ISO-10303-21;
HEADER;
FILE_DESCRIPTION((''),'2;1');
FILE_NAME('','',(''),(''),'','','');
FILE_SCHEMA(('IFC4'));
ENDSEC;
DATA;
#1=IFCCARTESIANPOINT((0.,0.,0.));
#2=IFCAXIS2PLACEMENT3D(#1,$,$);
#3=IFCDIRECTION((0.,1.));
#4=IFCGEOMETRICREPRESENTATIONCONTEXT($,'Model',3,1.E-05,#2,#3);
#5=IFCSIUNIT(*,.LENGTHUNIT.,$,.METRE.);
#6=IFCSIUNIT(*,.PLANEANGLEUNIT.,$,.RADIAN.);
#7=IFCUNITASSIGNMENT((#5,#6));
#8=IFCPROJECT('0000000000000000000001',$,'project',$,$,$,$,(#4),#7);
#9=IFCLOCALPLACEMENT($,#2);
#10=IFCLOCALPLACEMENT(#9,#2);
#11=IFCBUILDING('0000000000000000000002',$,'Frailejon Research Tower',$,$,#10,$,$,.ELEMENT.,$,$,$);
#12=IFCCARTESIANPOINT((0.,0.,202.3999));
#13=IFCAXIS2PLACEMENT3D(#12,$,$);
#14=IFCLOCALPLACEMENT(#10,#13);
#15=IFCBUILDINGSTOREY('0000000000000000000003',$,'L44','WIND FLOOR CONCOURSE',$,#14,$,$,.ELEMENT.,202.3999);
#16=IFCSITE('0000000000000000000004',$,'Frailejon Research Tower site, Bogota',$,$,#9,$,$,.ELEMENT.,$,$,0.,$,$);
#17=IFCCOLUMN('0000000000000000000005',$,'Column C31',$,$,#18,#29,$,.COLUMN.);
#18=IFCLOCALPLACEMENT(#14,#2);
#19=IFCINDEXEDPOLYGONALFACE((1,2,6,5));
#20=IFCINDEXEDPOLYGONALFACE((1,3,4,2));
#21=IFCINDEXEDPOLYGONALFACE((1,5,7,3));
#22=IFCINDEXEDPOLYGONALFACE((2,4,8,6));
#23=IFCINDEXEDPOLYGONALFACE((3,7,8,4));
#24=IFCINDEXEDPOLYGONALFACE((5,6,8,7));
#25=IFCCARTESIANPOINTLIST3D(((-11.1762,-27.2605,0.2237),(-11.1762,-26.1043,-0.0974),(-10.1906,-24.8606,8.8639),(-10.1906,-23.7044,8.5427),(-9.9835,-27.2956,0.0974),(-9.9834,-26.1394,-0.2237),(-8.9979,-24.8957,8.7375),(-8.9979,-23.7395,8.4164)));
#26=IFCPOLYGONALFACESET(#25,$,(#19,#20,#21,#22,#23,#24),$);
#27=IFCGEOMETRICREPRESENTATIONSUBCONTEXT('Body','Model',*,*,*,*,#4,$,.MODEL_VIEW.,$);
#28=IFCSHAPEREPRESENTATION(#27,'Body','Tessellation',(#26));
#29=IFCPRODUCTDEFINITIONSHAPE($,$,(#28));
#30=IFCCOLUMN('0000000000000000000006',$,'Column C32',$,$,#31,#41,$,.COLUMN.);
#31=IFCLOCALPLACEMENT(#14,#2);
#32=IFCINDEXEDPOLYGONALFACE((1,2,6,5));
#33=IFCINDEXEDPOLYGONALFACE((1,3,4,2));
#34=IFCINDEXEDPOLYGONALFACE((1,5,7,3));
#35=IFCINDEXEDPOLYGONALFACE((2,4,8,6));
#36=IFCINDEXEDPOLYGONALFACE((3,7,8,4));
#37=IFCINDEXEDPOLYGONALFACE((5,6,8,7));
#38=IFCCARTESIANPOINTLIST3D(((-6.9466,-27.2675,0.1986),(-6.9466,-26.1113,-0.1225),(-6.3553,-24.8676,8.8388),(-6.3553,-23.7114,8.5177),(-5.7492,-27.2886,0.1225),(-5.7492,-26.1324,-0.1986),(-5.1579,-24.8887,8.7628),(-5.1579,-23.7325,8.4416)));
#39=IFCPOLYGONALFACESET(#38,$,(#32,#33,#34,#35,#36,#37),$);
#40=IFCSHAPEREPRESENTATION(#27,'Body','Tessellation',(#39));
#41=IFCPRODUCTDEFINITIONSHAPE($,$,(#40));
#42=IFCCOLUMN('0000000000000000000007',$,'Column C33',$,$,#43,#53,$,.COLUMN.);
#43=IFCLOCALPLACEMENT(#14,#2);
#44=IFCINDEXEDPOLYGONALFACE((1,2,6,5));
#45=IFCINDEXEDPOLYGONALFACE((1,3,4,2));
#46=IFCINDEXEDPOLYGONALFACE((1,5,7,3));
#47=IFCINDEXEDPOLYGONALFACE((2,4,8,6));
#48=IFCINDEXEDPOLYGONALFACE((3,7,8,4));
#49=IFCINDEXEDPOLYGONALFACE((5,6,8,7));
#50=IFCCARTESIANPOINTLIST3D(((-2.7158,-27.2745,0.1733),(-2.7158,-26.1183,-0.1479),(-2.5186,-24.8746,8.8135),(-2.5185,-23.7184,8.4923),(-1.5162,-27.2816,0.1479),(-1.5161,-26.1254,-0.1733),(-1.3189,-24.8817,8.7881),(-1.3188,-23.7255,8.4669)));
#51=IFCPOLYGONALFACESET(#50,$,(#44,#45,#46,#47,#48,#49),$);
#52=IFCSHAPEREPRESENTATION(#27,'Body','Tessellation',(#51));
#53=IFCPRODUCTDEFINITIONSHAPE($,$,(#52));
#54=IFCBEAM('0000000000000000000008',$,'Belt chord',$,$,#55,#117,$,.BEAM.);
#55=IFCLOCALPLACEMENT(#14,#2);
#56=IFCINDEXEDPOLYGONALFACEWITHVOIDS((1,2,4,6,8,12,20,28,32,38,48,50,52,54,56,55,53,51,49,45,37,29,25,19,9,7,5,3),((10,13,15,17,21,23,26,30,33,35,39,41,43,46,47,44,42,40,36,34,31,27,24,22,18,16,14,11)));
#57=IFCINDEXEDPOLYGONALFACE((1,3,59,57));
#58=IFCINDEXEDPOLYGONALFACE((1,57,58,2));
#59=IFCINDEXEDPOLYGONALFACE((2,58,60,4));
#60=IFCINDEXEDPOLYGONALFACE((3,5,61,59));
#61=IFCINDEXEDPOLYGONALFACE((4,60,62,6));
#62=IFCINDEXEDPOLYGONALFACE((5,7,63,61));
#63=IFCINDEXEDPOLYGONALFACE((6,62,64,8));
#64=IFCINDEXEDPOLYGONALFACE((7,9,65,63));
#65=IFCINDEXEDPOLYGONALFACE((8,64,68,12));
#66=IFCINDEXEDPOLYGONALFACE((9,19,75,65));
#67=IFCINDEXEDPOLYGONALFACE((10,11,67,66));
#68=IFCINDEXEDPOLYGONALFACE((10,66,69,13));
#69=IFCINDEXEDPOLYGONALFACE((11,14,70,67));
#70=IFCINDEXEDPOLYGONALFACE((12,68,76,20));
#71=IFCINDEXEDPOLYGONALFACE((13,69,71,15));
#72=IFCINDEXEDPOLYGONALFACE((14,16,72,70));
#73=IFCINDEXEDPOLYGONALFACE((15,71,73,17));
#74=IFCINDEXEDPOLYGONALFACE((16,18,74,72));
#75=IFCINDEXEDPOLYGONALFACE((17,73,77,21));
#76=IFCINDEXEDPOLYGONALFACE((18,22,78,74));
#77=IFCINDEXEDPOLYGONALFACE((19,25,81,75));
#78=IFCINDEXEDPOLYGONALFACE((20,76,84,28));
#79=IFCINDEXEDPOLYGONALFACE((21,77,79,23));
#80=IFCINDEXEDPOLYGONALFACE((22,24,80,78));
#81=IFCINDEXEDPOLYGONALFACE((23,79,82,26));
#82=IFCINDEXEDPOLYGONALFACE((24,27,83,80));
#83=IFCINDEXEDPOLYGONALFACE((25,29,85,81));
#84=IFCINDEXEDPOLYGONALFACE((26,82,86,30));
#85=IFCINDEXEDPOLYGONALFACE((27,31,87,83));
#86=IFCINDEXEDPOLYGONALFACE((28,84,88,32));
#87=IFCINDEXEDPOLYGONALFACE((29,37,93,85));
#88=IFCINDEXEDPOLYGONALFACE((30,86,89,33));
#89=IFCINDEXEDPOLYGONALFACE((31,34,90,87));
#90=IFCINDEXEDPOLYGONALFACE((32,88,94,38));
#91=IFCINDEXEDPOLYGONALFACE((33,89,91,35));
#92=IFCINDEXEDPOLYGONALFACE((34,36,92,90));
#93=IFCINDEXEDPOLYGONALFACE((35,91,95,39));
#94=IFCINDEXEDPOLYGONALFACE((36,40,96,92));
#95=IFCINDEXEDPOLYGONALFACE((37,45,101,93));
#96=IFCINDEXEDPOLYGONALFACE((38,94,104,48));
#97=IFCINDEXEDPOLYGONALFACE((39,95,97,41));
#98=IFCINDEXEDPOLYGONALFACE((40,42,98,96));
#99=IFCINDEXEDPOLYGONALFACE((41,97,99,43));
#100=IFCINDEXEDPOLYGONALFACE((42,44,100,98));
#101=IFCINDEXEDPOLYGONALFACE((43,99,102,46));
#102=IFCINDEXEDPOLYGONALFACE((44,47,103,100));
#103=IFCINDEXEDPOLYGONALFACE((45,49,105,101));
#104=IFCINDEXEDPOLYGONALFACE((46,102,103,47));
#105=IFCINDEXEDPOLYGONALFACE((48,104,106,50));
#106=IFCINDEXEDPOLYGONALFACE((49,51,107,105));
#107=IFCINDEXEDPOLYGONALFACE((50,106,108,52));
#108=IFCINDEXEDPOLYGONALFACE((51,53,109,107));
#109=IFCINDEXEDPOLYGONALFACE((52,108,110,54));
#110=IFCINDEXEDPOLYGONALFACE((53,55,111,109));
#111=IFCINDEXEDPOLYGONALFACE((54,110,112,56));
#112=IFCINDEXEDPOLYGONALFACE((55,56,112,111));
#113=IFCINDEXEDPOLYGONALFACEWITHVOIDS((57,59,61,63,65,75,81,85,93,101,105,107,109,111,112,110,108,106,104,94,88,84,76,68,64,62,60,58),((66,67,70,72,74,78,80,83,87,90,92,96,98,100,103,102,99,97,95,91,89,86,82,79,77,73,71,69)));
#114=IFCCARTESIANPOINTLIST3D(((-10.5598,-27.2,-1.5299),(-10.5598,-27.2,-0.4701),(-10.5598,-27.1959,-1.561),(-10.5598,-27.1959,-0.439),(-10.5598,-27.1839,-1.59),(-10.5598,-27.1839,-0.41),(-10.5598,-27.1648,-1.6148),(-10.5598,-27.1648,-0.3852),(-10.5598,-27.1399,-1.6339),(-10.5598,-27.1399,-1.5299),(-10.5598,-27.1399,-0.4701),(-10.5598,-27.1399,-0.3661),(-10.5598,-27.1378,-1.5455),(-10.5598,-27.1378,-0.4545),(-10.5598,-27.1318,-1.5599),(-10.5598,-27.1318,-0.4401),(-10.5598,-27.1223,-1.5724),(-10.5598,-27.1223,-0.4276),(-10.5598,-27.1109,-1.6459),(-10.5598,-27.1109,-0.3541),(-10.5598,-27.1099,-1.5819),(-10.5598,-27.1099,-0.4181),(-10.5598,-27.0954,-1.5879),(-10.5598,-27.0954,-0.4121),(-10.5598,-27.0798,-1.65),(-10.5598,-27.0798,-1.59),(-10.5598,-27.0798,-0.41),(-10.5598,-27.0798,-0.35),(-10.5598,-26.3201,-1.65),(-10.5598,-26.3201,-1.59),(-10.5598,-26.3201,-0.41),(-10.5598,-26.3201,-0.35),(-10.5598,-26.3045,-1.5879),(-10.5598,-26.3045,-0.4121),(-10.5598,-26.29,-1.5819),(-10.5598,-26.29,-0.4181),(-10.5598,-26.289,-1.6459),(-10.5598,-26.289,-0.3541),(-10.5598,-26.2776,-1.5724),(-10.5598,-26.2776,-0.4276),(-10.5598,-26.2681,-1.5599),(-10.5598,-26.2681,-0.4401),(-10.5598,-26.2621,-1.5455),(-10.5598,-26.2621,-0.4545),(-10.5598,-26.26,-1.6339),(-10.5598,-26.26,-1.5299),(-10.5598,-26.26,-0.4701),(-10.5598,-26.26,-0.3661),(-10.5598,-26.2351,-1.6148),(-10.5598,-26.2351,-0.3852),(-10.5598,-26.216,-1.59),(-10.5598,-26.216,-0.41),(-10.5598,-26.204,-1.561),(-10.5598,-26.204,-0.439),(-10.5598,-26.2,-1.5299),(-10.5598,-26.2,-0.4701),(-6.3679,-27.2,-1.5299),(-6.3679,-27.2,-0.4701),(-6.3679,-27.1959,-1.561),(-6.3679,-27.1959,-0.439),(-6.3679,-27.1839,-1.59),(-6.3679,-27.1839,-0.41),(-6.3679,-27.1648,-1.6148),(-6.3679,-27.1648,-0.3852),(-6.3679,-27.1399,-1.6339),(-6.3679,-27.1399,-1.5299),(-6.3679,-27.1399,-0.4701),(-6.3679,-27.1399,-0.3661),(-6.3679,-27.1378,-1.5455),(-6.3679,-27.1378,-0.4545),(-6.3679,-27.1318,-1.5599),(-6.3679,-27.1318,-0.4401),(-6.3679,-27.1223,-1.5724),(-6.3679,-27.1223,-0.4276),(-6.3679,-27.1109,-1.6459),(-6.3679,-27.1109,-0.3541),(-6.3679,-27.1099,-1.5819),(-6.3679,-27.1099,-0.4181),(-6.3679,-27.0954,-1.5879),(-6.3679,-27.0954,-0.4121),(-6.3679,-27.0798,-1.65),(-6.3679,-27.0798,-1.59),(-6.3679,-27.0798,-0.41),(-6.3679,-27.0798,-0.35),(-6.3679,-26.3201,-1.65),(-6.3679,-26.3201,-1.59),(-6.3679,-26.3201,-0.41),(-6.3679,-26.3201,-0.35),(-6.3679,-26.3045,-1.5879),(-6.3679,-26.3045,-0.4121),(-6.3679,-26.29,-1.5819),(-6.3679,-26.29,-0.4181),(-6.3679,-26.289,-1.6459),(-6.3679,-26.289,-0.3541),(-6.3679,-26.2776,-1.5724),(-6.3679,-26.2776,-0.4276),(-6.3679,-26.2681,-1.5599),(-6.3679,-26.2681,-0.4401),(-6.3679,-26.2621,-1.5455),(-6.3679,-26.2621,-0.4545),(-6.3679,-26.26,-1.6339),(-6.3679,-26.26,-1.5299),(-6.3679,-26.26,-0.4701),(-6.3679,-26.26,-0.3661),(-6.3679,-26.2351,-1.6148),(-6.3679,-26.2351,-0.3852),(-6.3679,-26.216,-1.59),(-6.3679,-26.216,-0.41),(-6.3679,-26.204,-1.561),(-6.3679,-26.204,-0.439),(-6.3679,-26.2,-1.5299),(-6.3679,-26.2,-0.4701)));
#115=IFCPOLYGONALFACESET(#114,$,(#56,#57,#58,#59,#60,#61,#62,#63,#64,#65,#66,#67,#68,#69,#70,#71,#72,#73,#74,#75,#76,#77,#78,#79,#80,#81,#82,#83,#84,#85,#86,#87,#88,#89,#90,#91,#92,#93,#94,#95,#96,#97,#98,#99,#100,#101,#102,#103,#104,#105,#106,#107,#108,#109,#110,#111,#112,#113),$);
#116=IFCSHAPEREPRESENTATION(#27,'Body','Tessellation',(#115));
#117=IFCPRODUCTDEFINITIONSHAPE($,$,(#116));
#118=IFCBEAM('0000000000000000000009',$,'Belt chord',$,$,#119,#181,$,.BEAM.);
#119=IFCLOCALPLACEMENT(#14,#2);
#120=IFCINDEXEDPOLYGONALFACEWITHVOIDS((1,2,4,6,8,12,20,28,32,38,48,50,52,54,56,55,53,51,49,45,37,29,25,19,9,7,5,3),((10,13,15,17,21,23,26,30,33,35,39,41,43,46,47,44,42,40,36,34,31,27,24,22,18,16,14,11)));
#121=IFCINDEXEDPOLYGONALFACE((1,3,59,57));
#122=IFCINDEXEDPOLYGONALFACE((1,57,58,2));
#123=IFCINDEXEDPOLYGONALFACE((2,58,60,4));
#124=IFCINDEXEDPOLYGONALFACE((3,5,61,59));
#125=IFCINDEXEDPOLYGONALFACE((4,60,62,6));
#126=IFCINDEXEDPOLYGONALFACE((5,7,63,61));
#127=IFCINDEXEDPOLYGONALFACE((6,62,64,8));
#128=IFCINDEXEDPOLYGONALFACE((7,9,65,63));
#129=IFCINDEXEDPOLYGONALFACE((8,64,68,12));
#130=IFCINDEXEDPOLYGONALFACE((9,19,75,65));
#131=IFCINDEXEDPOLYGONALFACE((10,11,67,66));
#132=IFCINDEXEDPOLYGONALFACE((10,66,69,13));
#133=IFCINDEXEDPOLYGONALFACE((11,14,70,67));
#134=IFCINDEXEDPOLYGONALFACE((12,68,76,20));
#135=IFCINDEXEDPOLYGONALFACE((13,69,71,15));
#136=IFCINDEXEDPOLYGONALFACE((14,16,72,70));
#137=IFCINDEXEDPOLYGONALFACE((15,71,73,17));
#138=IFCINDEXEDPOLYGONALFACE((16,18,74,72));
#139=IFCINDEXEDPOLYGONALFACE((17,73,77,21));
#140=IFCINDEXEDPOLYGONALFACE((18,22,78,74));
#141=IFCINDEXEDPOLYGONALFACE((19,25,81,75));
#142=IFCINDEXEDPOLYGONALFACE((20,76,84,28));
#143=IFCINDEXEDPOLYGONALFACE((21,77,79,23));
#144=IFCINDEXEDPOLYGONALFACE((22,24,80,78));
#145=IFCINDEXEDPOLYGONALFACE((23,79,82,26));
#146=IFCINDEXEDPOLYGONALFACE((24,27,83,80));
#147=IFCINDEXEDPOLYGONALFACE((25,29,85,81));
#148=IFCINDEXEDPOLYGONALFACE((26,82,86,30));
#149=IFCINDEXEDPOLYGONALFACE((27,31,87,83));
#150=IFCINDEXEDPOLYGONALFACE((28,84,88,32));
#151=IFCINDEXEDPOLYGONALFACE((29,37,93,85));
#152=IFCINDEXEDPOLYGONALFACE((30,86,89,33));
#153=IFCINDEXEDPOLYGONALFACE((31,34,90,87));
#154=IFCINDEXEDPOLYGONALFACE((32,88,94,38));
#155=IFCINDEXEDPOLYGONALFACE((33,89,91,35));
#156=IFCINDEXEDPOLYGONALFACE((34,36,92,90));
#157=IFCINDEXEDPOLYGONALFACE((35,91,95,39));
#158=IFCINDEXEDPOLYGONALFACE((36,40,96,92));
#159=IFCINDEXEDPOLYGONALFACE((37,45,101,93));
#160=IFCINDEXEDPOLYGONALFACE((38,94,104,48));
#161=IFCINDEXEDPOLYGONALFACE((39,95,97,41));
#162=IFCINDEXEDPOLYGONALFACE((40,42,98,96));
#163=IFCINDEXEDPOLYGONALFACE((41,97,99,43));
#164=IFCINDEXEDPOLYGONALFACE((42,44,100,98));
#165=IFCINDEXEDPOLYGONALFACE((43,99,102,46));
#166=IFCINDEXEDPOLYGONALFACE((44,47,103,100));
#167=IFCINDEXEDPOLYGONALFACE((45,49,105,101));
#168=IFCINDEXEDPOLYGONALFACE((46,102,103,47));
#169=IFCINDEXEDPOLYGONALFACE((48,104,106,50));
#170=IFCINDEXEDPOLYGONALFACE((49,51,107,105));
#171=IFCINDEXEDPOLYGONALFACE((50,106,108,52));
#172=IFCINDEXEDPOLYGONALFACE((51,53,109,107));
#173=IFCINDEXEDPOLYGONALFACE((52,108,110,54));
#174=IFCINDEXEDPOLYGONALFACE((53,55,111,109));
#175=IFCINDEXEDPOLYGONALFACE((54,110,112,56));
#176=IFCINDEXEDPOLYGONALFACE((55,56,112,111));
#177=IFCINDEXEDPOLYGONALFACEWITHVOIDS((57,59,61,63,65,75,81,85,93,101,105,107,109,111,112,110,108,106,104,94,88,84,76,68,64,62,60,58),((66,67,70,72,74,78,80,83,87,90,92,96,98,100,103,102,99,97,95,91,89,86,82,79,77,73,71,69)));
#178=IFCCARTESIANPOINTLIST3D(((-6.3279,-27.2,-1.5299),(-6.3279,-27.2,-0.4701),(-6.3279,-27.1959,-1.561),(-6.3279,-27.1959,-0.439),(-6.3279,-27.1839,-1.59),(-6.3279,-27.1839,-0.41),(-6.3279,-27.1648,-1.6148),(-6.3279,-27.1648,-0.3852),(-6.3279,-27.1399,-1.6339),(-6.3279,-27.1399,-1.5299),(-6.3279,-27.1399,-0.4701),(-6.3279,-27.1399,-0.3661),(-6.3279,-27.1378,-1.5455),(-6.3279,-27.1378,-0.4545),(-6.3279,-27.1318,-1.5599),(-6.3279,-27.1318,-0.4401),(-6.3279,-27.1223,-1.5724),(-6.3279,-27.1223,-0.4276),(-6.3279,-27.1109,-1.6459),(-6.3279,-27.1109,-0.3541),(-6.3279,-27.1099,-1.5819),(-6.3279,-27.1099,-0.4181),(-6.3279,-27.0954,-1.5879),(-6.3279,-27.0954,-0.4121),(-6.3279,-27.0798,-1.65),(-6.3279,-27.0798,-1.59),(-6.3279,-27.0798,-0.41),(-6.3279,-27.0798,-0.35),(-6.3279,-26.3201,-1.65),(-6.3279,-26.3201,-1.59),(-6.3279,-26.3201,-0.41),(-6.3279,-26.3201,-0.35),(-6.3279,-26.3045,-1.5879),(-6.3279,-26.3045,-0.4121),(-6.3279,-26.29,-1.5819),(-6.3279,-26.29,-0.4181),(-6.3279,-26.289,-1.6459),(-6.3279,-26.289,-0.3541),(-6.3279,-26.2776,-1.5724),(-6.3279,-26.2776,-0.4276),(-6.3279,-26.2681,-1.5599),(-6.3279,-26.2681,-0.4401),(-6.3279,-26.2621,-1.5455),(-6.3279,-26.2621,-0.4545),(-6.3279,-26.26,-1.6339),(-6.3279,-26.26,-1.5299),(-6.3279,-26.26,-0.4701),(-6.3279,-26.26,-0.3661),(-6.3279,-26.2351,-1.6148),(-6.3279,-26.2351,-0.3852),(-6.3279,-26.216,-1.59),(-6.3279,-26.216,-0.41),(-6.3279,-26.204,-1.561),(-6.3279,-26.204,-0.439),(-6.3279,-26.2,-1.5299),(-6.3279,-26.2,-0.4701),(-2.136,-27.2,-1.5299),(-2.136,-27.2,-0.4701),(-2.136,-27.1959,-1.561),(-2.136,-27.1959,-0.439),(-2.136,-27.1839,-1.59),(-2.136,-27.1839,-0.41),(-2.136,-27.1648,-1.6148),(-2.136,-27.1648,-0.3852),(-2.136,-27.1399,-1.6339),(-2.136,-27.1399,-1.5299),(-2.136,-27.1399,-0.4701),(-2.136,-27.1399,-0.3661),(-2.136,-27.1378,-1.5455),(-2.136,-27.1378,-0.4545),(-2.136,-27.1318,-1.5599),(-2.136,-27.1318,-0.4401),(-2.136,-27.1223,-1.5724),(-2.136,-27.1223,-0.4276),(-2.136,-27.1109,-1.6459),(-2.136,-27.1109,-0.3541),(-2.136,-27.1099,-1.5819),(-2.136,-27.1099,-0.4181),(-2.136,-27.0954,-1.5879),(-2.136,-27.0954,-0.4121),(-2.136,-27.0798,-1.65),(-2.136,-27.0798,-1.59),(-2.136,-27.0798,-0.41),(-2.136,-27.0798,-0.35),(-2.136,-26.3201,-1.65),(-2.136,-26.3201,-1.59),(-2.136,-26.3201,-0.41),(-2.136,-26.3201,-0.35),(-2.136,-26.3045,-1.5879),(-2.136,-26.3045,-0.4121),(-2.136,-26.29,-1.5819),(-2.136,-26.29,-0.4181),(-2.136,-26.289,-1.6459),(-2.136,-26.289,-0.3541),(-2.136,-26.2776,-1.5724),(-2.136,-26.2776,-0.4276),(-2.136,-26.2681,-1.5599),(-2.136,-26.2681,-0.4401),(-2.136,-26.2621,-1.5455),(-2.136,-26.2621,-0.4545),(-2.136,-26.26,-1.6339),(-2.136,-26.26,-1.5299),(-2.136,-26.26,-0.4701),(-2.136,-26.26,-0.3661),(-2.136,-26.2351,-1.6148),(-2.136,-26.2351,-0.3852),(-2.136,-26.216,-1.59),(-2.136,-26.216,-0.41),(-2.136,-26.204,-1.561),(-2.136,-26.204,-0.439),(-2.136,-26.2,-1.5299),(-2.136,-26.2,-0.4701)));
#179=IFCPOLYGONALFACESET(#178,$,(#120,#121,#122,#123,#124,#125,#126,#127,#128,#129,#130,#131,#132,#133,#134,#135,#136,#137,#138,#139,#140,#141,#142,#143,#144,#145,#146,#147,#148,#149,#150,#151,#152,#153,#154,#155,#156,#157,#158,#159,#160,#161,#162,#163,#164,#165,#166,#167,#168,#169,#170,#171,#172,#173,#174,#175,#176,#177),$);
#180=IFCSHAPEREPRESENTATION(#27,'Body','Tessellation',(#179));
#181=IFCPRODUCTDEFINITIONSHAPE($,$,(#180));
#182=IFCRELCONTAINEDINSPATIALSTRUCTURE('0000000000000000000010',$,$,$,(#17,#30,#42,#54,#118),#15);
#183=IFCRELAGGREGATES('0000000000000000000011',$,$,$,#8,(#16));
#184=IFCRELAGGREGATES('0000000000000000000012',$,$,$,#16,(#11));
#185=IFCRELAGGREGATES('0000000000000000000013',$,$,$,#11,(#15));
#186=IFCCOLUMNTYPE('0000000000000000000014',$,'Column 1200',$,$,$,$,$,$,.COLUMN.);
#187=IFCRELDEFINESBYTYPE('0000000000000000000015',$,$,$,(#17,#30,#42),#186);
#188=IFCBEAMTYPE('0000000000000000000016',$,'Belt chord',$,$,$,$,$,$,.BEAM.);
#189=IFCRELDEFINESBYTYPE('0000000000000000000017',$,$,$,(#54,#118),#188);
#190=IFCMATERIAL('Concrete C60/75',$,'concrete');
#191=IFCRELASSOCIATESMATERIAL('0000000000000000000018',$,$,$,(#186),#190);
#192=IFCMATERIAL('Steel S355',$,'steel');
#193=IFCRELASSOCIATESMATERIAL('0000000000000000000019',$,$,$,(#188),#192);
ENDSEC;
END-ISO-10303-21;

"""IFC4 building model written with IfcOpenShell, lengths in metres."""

from ifc_helpers import new_model, si_unit, direction, frame, origin, origin_2d, place, context, subcontext, project, spatial, rectangle, hollow_rectangle, extrude, material, material_profile, profile_set, type_object, element, save


model = new_model("IFC4")

# Units and contexts
model_context = context("Model", 3, precision=1e-05, world=origin(), true_north=direction((0.0, 1.0)))
body_context = subcontext(model_context, "Body", "Model", "MODEL_VIEW")
ifc_project = project(units=[si_unit("LENGTHUNIT", "METRE"), si_unit("PLANEANGLEUNIT", "RADIAN")], contexts=[model_context])

# Site, building, storey
site_placement = place(None, origin())
site = spatial("IfcSite", under=ifc_project, at=site_placement, Name="Frailejon Research Tower site, Bogota", CompositionType="ELEMENT", RefElevation=0.0)
building_placement = place(site_placement, origin())
building = spatial("IfcBuilding", under=site, at=building_placement, Name="Frailejon Research Tower", CompositionType="ELEMENT")
storey_placement = place(building_placement, frame((0.0, 0.0, 202.3999)))
storey = spatial("IfcBuildingStorey", under=building, at=storey_placement, Name="L44", Description="WIND FLOOR CONCOURSE", CompositionType="ELEMENT", Elevation=202.3999)

# Columns
ifc_material_1 = material(Name="Concrete C60/75", Category="concrete")
ifc_material_profile_1 = material_profile(ifc_material_1, rectangle(XDim=1.2, YDim=1.2, at=origin_2d()), Name="Column 1200")
ifc_profile_set_1 = profile_set([ifc_material_profile_1], Name="Concrete C60/75")
column_type = type_object("IfcColumnType", Name="Column 1200", PredefinedType="COLUMN", material=ifc_profile_set_1)
column_1_placement = place(storey_placement, frame((-10.5798, -26.7, 0.0), z_axis=(0.109253, 0.266028, 0.957754), x_axis=(0.994014, -0.029243, -0.105266)))
element("IfcColumn", 1, at=column_1_placement, inside=storey, type_object=column_type, Name="Column C31", PredefinedType="COLUMN", context=body_context, shape_type="SweptSolid", body=[
    extrude(rectangle(XDim=1.2, YDim=1.2, at=origin_2d()), origin(), (0.0, 0.0, 1.0), 9.0212),
])
column_2_placement = place(storey_placement, frame((-6.3479, -26.7, 0.0), z_axis=(0.065798, 0.26705, 0.961434), x_axis=(0.997833, -0.0176, -0.063401)))
element("IfcColumn", 2, at=column_2_placement, inside=storey, type_object=column_type, Name="Column C32", PredefinedType="COLUMN", context=body_context, shape_type="SweptSolid", body=[
    extrude(rectangle(XDim=1.2, YDim=1.2, at=origin_2d()), origin(), (0.0, 0.0, 1.0), 8.9868),
])
column_3_placement = place(storey_placement, frame((-2.116, -26.7, 0.0), z_axis=(0.021993, 0.267565, 0.963289), x_axis=(0.999758, -0.00592, -0.021181)))
element("IfcColumn", 3, at=column_3_placement, inside=storey, type_object=column_type, Name="Column C33", PredefinedType="COLUMN", context=body_context, shape_type="SweptSolid", body=[
    extrude(rectangle(XDim=1.2, YDim=1.2, at=origin_2d()), origin(), (0.0, 0.0, 1.0), 8.9695),
])

# Beams
ifc_material_2 = material(Name="Steel S355", Category="steel")
ifc_material_profile_2 = material_profile(ifc_material_2, hollow_rectangle(XDim=1.0, YDim=1.3, WallThickness=0.0601, InnerFilletRadius=0.0601, OuterFilletRadius=0.1201, at=origin_2d()), Name="Belt chord")
ifc_profile_set_2 = profile_set([ifc_material_profile_2], Name="Steel S355")
beam_type_1 = type_object("IfcBeamType", Name="Belt chord", PredefinedType="BEAM", material=ifc_profile_set_2)
for number, where, z_axis, x_axis, name in (
    (4, (-10.5598, -26.7, -1.0), (1.0, 0.0, 0.0), (0.0, 1.0, 0.0), "Belt chord"),
    (5, (-6.3279, -26.7, -1.0), (1.0, 0.0, 0.0), (0.0, 1.0, 0.0), "Belt chord"),
):
    element("IfcBeam", number, at=place(storey_placement, frame(where, z_axis=z_axis, x_axis=x_axis)), inside=storey, type_object=beam_type_1, Name=name, PredefinedType="BEAM", context=body_context, shape_type="SweptSolid", body=[
        extrude(hollow_rectangle(XDim=1.0, YDim=1.3, WallThickness=0.0601, InnerFilletRadius=0.0601, OuterFilletRadius=0.1201, at=origin_2d()), origin(), (0.0, 0.0, 1.0), 4.1919),
    ])

save(model, "model.ifc")
